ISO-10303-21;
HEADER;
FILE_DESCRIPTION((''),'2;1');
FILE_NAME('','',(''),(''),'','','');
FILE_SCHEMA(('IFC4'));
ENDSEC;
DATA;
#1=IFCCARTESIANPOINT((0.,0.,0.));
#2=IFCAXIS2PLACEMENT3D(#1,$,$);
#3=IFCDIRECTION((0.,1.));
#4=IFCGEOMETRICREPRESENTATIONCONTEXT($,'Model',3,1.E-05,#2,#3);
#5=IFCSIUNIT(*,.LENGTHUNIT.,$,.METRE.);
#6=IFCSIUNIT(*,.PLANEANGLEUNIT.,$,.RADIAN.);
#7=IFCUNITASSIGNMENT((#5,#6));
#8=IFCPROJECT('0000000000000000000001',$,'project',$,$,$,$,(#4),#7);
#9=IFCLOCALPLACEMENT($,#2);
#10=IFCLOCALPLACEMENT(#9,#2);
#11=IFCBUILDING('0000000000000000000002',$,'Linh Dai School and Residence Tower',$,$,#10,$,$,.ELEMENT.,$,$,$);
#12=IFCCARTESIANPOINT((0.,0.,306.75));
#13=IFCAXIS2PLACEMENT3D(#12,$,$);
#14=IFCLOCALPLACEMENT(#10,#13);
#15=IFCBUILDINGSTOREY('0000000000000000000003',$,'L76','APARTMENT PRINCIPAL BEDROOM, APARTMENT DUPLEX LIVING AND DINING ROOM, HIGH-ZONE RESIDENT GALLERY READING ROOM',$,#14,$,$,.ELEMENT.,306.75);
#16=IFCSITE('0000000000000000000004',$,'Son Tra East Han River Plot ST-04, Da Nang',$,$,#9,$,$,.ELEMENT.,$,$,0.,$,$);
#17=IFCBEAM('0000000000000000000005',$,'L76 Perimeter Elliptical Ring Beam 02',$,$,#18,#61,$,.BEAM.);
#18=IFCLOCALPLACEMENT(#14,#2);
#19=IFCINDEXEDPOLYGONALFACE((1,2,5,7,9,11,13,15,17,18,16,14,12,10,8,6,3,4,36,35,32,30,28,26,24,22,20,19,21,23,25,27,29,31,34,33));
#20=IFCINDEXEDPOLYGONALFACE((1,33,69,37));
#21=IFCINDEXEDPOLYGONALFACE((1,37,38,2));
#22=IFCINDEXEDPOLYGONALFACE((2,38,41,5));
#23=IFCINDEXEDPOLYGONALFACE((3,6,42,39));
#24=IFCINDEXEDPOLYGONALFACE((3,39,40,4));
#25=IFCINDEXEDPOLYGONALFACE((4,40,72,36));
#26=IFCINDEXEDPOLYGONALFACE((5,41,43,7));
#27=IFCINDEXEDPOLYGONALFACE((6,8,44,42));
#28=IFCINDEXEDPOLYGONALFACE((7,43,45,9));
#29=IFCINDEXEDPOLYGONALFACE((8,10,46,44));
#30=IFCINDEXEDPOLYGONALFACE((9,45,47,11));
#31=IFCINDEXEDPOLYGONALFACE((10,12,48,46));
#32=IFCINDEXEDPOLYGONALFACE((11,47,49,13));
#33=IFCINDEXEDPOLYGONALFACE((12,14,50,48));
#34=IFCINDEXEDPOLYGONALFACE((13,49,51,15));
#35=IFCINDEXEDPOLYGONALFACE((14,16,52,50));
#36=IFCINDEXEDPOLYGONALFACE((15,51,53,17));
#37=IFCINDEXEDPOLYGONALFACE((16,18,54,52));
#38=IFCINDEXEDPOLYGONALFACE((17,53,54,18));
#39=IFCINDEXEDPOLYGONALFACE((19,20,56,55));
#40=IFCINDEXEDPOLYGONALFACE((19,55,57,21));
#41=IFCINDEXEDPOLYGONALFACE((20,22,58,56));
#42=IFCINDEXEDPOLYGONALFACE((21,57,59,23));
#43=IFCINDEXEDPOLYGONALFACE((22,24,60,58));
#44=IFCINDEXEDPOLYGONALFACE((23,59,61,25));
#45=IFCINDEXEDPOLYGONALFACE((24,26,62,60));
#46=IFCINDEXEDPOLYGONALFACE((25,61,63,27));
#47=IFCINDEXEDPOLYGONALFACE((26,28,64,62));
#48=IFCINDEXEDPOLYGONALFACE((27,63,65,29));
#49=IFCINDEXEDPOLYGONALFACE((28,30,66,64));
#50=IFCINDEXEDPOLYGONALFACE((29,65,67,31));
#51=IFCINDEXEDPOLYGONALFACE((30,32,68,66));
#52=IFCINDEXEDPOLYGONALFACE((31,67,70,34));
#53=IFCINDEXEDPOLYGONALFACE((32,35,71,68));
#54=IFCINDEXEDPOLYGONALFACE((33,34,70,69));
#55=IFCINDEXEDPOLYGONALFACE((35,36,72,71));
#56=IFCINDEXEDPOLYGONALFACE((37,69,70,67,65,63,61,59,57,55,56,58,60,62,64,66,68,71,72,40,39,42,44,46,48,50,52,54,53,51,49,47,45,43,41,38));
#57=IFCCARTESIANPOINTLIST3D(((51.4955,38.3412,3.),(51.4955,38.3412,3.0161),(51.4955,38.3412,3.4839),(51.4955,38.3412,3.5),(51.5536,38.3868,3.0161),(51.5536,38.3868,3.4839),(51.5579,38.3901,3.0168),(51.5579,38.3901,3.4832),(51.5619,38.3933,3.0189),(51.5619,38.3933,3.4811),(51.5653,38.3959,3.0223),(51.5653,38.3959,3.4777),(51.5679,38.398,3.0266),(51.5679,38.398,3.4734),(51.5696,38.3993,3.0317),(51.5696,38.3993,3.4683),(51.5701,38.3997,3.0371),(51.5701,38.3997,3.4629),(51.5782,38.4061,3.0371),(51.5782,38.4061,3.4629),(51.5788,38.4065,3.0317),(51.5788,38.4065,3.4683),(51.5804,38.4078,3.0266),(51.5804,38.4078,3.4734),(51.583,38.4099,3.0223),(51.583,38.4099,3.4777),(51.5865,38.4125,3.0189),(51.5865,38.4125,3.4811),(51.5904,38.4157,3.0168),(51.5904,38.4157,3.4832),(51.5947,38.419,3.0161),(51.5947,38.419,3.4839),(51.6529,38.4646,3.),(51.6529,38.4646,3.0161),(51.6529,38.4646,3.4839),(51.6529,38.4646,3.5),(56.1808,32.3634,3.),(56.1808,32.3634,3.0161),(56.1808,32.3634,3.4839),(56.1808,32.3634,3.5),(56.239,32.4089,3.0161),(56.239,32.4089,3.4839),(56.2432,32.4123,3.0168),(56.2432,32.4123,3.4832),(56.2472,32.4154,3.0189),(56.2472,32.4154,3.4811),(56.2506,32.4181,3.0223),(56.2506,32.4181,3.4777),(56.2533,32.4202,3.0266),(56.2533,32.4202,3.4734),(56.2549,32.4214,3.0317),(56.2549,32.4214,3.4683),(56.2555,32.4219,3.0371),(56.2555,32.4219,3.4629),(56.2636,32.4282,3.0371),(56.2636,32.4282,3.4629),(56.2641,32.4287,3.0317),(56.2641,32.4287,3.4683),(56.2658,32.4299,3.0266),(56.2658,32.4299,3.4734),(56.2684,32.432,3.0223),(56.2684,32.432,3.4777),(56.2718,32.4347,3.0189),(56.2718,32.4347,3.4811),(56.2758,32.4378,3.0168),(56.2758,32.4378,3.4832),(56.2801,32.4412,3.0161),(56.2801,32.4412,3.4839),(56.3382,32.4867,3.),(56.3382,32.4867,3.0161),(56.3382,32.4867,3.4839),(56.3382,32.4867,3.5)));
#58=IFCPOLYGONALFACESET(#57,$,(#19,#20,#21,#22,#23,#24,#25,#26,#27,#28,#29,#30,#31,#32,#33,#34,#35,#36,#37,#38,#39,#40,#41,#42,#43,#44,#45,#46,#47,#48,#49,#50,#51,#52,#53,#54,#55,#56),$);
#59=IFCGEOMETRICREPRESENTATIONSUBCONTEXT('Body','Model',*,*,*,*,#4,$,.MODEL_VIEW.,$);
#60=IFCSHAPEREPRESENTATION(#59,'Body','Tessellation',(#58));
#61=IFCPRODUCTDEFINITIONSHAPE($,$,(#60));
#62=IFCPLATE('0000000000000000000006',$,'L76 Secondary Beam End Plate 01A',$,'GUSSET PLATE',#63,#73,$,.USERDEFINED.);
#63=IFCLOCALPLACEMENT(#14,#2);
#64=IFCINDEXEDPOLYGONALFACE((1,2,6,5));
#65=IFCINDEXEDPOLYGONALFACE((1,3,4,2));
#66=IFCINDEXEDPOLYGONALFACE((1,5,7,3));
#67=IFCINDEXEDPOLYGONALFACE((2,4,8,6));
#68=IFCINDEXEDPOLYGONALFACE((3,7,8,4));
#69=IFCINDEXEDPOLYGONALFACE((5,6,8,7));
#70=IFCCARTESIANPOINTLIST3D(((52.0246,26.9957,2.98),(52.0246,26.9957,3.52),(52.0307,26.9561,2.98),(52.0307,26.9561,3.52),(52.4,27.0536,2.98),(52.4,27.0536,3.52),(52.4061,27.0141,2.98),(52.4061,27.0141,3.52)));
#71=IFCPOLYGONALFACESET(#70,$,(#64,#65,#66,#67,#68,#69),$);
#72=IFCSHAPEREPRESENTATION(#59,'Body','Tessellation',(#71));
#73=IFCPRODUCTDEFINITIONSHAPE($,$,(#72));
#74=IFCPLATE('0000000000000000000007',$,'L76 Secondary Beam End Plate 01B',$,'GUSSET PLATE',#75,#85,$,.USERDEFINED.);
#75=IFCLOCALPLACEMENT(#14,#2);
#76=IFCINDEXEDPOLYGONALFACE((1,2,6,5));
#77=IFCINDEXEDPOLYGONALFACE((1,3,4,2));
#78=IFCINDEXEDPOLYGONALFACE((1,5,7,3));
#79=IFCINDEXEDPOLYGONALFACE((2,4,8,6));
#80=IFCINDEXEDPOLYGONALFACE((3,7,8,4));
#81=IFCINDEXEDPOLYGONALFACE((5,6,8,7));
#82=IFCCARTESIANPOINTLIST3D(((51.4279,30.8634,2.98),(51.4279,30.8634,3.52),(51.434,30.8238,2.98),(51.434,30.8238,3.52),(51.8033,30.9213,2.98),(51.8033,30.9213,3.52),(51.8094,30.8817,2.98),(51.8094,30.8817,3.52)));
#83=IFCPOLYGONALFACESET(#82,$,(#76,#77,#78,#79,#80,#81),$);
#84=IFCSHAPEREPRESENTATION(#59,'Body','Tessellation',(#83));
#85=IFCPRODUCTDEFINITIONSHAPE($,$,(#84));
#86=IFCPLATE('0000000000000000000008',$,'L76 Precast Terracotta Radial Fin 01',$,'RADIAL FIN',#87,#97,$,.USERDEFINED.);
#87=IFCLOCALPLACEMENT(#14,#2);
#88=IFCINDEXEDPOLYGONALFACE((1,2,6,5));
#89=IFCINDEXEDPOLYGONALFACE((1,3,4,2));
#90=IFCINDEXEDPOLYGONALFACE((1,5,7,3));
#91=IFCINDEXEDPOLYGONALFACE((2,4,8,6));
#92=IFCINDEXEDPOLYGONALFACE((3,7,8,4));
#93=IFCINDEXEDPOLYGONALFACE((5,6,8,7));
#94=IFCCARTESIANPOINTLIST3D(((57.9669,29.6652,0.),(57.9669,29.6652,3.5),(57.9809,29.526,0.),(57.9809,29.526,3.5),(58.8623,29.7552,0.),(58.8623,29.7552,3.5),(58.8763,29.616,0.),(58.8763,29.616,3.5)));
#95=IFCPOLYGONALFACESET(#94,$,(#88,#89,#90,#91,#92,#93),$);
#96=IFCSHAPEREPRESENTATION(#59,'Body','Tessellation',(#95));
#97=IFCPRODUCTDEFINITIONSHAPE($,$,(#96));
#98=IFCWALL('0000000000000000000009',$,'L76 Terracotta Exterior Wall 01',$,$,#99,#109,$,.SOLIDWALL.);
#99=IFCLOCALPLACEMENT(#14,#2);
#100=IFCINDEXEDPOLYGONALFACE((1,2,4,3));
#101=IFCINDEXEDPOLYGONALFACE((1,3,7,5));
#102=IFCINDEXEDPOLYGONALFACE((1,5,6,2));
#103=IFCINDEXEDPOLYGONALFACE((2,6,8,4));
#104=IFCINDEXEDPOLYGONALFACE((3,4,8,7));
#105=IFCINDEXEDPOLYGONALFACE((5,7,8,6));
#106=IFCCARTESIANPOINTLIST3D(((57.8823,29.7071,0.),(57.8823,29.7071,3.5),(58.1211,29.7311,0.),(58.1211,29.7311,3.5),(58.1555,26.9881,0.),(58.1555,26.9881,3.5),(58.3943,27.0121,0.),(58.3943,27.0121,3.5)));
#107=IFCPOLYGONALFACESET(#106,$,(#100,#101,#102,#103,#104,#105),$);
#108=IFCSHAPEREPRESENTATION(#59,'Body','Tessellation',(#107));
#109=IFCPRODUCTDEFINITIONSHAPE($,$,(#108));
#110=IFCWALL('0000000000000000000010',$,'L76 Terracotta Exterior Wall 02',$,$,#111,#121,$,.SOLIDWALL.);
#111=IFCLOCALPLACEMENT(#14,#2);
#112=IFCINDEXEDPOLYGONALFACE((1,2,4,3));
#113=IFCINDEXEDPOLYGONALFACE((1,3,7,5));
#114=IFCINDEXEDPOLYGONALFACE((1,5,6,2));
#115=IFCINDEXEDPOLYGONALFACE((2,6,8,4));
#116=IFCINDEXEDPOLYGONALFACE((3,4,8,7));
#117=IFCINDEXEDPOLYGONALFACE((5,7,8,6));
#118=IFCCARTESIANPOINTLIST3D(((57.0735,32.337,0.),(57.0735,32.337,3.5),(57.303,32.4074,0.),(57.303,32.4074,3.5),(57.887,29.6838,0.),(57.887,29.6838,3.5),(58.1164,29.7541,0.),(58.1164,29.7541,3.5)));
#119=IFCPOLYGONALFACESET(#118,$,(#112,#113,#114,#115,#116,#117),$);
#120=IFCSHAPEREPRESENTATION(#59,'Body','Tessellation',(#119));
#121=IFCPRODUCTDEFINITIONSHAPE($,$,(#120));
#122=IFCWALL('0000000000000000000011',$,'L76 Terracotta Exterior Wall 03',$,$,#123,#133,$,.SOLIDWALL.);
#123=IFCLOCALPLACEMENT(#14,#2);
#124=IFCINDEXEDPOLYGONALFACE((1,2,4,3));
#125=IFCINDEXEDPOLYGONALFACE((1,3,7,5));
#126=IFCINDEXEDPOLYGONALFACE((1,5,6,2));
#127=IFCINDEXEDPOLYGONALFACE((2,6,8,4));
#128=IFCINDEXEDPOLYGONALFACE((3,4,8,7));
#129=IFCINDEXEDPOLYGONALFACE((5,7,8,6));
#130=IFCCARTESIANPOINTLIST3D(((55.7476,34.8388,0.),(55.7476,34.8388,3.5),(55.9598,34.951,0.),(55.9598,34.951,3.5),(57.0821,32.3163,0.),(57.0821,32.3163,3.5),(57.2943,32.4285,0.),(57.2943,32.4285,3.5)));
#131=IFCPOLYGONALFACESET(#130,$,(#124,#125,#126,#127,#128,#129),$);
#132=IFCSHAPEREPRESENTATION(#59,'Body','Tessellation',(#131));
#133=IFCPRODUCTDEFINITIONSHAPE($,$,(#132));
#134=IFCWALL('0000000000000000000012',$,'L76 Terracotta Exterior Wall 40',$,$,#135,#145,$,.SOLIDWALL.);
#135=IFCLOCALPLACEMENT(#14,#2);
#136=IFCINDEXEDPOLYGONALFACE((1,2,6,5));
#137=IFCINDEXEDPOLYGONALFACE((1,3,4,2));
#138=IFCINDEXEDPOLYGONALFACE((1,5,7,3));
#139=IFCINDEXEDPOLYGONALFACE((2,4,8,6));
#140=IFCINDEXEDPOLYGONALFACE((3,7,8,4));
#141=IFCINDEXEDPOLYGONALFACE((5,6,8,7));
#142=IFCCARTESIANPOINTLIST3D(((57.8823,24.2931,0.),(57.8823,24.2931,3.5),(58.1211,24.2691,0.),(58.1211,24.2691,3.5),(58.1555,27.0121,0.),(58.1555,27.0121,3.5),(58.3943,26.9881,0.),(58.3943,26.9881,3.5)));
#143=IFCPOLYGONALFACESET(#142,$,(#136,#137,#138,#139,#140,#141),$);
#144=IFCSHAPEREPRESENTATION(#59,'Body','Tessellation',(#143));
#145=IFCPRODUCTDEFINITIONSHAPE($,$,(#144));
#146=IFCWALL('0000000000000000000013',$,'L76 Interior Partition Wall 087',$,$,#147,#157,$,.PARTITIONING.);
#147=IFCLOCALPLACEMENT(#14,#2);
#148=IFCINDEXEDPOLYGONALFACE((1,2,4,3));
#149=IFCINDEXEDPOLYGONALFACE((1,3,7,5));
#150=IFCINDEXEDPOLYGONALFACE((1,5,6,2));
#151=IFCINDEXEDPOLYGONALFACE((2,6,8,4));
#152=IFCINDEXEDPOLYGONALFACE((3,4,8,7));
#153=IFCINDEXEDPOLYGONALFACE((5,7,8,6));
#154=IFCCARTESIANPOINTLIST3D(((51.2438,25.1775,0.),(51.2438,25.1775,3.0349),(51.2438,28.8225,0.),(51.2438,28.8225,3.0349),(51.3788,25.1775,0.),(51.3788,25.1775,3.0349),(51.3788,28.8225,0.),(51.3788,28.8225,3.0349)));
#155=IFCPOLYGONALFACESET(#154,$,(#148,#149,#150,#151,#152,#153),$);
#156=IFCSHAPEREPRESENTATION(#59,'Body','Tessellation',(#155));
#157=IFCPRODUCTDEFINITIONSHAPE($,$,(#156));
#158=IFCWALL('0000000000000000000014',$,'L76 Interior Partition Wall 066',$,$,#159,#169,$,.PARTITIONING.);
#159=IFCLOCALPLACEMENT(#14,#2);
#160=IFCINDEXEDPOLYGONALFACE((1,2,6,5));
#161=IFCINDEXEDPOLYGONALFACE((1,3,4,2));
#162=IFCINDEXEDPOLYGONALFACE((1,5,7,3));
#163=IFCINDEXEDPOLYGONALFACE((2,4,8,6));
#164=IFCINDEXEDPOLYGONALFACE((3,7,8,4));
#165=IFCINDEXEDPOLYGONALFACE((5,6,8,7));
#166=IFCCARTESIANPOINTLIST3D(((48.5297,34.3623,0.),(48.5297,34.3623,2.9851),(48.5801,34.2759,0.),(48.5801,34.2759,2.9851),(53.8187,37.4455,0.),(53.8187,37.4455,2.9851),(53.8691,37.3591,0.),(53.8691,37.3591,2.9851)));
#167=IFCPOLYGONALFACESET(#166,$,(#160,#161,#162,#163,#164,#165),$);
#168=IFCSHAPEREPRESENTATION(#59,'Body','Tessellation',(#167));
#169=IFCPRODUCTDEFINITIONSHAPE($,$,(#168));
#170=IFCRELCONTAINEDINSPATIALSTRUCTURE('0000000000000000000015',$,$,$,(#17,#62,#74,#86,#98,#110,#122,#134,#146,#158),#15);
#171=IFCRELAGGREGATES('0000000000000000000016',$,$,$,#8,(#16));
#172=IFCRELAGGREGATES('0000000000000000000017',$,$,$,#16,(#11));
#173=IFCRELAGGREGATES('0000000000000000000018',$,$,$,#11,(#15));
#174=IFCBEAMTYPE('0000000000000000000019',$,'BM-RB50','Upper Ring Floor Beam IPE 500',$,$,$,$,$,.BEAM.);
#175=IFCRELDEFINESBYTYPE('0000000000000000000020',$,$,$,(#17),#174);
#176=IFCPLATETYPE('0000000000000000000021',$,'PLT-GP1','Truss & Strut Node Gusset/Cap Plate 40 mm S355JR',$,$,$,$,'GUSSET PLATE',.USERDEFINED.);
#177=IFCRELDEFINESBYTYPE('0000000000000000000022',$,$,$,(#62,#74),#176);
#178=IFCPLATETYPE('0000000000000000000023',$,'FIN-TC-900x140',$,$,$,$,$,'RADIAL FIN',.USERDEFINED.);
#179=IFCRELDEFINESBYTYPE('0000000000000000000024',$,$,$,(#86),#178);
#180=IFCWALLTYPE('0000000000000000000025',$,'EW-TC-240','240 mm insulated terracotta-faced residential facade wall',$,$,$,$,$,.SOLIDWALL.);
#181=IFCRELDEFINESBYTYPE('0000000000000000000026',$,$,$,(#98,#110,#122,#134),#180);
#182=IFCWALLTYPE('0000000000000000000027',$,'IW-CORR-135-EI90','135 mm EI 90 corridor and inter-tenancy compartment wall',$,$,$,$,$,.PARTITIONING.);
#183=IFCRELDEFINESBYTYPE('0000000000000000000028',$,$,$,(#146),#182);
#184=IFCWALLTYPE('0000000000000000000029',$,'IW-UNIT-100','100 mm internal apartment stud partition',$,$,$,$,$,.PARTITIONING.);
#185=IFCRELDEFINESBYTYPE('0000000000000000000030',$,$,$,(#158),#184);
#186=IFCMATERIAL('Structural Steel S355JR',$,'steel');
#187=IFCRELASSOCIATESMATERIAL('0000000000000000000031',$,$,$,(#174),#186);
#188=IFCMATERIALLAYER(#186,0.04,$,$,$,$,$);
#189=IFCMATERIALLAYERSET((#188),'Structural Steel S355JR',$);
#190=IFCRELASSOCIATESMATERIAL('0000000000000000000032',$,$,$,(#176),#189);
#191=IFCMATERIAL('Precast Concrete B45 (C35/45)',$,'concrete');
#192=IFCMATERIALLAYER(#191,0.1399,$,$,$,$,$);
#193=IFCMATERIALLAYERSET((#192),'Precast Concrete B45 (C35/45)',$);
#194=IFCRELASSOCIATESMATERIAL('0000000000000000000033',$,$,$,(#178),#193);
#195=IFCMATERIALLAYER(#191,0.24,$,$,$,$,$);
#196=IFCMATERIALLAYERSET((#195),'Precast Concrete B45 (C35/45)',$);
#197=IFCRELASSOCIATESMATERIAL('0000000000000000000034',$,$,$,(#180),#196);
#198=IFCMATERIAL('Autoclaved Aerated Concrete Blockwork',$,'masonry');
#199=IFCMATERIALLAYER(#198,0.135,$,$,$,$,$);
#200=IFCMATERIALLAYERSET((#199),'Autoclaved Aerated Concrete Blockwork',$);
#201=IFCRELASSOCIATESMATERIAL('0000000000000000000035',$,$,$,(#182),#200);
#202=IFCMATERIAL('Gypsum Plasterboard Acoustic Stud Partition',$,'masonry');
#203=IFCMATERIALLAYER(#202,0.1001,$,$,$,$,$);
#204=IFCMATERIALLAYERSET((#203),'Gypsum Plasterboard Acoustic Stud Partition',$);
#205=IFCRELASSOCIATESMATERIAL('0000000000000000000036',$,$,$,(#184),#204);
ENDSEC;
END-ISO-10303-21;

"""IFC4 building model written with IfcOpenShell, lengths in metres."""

from ifc_helpers import new_model, si_unit, direction, frame, frame_2d, origin, origin_2d, place, context, subcontext, project, spatial, rectangle, i_section, extrude, source, transform, mapped, material, layer, layer_set, material_profile, profile_set, type_object, element, save


model = new_model("IFC4")

# Units and contexts
model_context = context("Model", 3, precision=1e-05, world=origin(), true_north=direction((0.0, 1.0)))
body_context = subcontext(model_context, "Body", "Model", "MODEL_VIEW")
ifc_project = project(units=[si_unit("LENGTHUNIT", "METRE"), si_unit("PLANEANGLEUNIT", "RADIAN")], contexts=[model_context])

# Site, building, storey
site_placement = place(None, origin())
site = spatial("IfcSite", under=ifc_project, at=site_placement, Name="Son Tra East Han River Plot ST-04, Da Nang", CompositionType="ELEMENT", RefElevation=0.0)
building_placement = place(site_placement, origin())
building = spatial("IfcBuilding", under=site, at=building_placement, Name="Linh Dai School and Residence Tower", CompositionType="ELEMENT")
storey_placement = place(building_placement, frame((0.0, 0.0, 306.75)))
storey = spatial("IfcBuildingStorey", under=building, at=storey_placement, Name="L76", Description="APARTMENT PRINCIPAL BEDROOM, APARTMENT DUPLEX LIVING AND DINING ROOM, HIGH-ZONE RESIDENT GALLERY READING ROOM", CompositionType="ELEMENT", Elevation=306.75)

# Shared definitions
ifc_material_1 = material(Name="Structural Steel S355JR", Category="steel")

# Beam
ifc_material_profile_1 = material_profile(ifc_material_1, i_section(OverallWidth=0.2, OverallDepth=0.5, WebThickness=0.0103, FlangeThickness=0.0161, FilletRadius=0.021, at=origin_2d()), Name="IPE 500")
ifc_profile_set_1 = profile_set([ifc_material_profile_1], Name="Structural Steel S355JR")
beam_type_1 = type_object("IfcBeamType", Name="BM-RB50", Description="Upper Ring Floor Beam IPE 500", PredefinedType="BEAM", material=ifc_profile_set_1)
beam_1_placement = place(storey_placement, frame((56.2595, 32.425, 3.25), z_axis=(-0.616883, 0.787055, 0.0), x_axis=(-0.787055, -0.616883, 0.0)))
element("IfcBeam", 1, at=beam_1_placement, inside=storey, type_object=beam_type_1, Name="L76 Perimeter Elliptical Ring Beam 02", PredefinedType="BEAM", context=body_context, shape_type="SweptSolid", body=[
    extrude(i_section(OverallWidth=0.2, OverallDepth=0.5, WebThickness=0.0103, FlangeThickness=0.0161, FilletRadius=0.021, at=origin_2d()), origin(), (0.0, 0.0, 1.0), 7.5952),
])

# Plates
ifc_layer_1 = layer(ifc_material_1, 0.04)
ifc_layer_set_1 = layer_set([ifc_layer_1], Name="Structural Steel S355JR")
plate_type_1 = type_object("IfcPlateType", Name="PLT-GP1", Description="Truss & Strut Node Gusset/Cap Plate 40 mm S355JR", ElementType="GUSSET PLATE", PredefinedType="USERDEFINED", material=ifc_layer_set_1)
shared_shape_1 = source(origin(), body_context, "Body", "SweptSolid", [
    extrude(rectangle(XDim=0.04, YDim=0.3799, at=origin_2d()), origin(), (0.0, 0.0, 1.0), 0.54),
])
for number, where, z_axis, x_axis, name in (
    (2, (52.2153, 27.0049, 2.98), (0.0, 0.0, 1.0), (-0.152474, 0.988308, 0.0), "L76 Secondary Beam End Plate 01A"),
    (3, (51.6187, 30.8726, 2.98), (0.0, 0.0, 1.0), (-0.152474, 0.988308, 0.0), "L76 Secondary Beam End Plate 01B"),
):
    element("IfcPlate", number, at=place(storey_placement, frame(where, z_axis=z_axis, x_axis=x_axis)), inside=storey, type_object=plate_type_1, Name=name, ObjectType="GUSSET PLATE", PredefinedType="USERDEFINED", context=body_context, shape_type="MappedRepresentation", body=[
        mapped(shared_shape_1, transform((0.0, 0.0, 0.0), x_axis=(1.0, 0.0, 0.0), y_axis=(0.0, 1.0, 0.0), z_axis=(0.0, 0.0, 1.0), scale=1.0)),
    ])
ifc_material_2 = material(Name="Precast Concrete B45 (C35/45)", Category="concrete")
ifc_layer_2 = layer(ifc_material_2, 0.1399)
ifc_layer_set_2 = layer_set([ifc_layer_2], Name="Precast Concrete B45 (C35/45)")
plate_type_2 = type_object("IfcPlateType", Name="FIN-TC-900x140", ElementType="RADIAL FIN", PredefinedType="USERDEFINED", material=ifc_layer_set_2)
shared_shape_2 = source(origin(), body_context, "Body", "SweptSolid", [
    extrude(rectangle(XDim=0.8999, YDim=0.1399, at=origin_2d()), origin(), (0.0, 0.0, 1.0), 3.5),
])
plate_placement = place(storey_placement, frame((58.4216, 29.6406, 0.0), z_axis=(0.0, 0.0, 1.0), x_axis=(0.994987, 0.100008, 0.0)))
element("IfcPlate", 4, at=plate_placement, inside=storey, type_object=plate_type_2, Name="L76 Precast Terracotta Radial Fin 01", ObjectType="RADIAL FIN", PredefinedType="USERDEFINED", context=body_context, shape_type="MappedRepresentation", body=[
    mapped(shared_shape_2, transform((0.0, 0.0, 0.0), x_axis=(1.0, 0.0, 0.0), y_axis=(0.0, 1.0, 0.0), z_axis=(0.0, 0.0, 1.0), scale=1.0)),
])

# Walls
ifc_layer_3 = layer(ifc_material_2, 0.24)
ifc_layer_set_3 = layer_set([ifc_layer_3], Name="Precast Concrete B45 (C35/45)")
wall_type_1 = type_object("IfcWallType", Name="EW-TC-240", Description="240 mm insulated terracotta-faced residential facade wall", PredefinedType="SOLIDWALL", material=ifc_layer_set_3)
wall_1_placement = place(storey_placement, frame((58.0017, 29.719, 0.0), z_axis=(0.0, 0.0, 1.0), x_axis=(0.099973, -0.99499, 0.0)))
element("IfcWall", 5, at=wall_1_placement, inside=storey, type_object=wall_type_1, Name="L76 Terracotta Exterior Wall 01", PredefinedType="SOLIDWALL", context=body_context, shape_type="SweptSolid", body=[
    extrude(rectangle(XDim=2.7327, YDim=0.24, at=frame_2d((1.3662, 0.0))), origin(), (0.0, 0.0, 1.0), 3.5),
])
wall_2_placement = place(storey_placement, frame((57.1882, 32.3723, 0.0), z_axis=(0.0, 0.0, 1.0), x_axis=(0.293121, -0.956075, 0.0)))
element("IfcWall", 6, at=wall_2_placement, inside=storey, type_object=wall_type_1, Name="L76 Terracotta Exterior Wall 02", PredefinedType="SOLIDWALL", context=body_context, shape_type="SweptSolid", body=[
    extrude(rectangle(XDim=2.7751, YDim=0.24, at=frame_2d((1.3877, 0.0))), origin(), (0.0, 0.0, 1.0), 3.5),
])
wall_3_placement = place(storey_placement, frame((55.8538, 34.8948, 0.0), z_axis=(0.0, 0.0, 1.0), x_axis=(0.467628, -0.883925, 0.0)))
element("IfcWall", 7, at=wall_3_placement, inside=storey, type_object=wall_type_1, Name="L76 Terracotta Exterior Wall 03", PredefinedType="SOLIDWALL", context=body_context, shape_type="SweptSolid", body=[
    extrude(rectangle(XDim=2.8538, YDim=0.24, at=frame_2d((1.4268, 0.0))), origin(), (0.0, 0.0, 1.0), 3.5),
])
wall_4_placement = place(storey_placement, frame((58.2749, 27.0, 0.0), z_axis=(0.0, 0.0, 1.0), x_axis=(-0.099973, -0.99499, 0.0)))
element("IfcWall", 8, at=wall_4_placement, inside=storey, type_object=wall_type_1, Name="L76 Terracotta Exterior Wall 40", PredefinedType="SOLIDWALL", context=body_context, shape_type="SweptSolid", body=[
    extrude(rectangle(XDim=2.7327, YDim=0.24, at=frame_2d((1.3662, 0.0))), origin(), (0.0, 0.0, 1.0), 3.5),
])
ifc_material_3 = material(Name="Autoclaved Aerated Concrete Blockwork", Category="masonry")
ifc_layer_4 = layer(ifc_material_3, 0.135)
ifc_layer_set_4 = layer_set([ifc_layer_4], Name="Autoclaved Aerated Concrete Blockwork")
wall_type_2 = type_object("IfcWallType", Name="IW-CORR-135-EI90", Description="135 mm EI 90 corridor and inter-tenancy compartment wall", PredefinedType="PARTITIONING", material=ifc_layer_set_4)
wall_5_placement = place(storey_placement, frame((51.3113, 28.8225, 0.0), z_axis=(0.0, 0.0, 1.0), x_axis=(0.0, -1.0, 0.0)))
element("IfcWall", 9, at=wall_5_placement, inside=storey, type_object=wall_type_2, Name="L76 Interior Partition Wall 087", PredefinedType="PARTITIONING", context=body_context, shape_type="SweptSolid", body=[
    extrude(rectangle(XDim=3.645, YDim=0.135, at=frame_2d((1.8225, 0.0))), origin(), (0.0, 0.0, 1.0), 3.0349),
])
ifc_material_4 = material(Name="Gypsum Plasterboard Acoustic Stud Partition", Category="masonry")
ifc_layer_5 = layer(ifc_material_4, 0.1001)
ifc_layer_set_5 = layer_set([ifc_layer_5], Name="Gypsum Plasterboard Acoustic Stud Partition")
wall_type_3 = type_object("IfcWallType", Name="IW-UNIT-100", Description="100 mm internal apartment stud partition", PredefinedType="PARTITIONING", material=ifc_layer_set_5)
wall_6_placement = place(storey_placement, frame((48.5549, 34.3191, 0.0), z_axis=(0.0, 0.0, 1.0), x_axis=(0.863924, 0.503623, 0.0)))
element("IfcWall", 10, at=wall_6_placement, inside=storey, type_object=wall_type_3, Name="L76 Interior Partition Wall 066", PredefinedType="PARTITIONING", context=body_context, shape_type="SweptSolid", body=[
    extrude(rectangle(XDim=6.1221, YDim=0.1001, at=frame_2d((3.061, 0.0))), origin(), (0.0, 0.0, 1.0), 2.9851),
])

save(model, "model.ifc")
